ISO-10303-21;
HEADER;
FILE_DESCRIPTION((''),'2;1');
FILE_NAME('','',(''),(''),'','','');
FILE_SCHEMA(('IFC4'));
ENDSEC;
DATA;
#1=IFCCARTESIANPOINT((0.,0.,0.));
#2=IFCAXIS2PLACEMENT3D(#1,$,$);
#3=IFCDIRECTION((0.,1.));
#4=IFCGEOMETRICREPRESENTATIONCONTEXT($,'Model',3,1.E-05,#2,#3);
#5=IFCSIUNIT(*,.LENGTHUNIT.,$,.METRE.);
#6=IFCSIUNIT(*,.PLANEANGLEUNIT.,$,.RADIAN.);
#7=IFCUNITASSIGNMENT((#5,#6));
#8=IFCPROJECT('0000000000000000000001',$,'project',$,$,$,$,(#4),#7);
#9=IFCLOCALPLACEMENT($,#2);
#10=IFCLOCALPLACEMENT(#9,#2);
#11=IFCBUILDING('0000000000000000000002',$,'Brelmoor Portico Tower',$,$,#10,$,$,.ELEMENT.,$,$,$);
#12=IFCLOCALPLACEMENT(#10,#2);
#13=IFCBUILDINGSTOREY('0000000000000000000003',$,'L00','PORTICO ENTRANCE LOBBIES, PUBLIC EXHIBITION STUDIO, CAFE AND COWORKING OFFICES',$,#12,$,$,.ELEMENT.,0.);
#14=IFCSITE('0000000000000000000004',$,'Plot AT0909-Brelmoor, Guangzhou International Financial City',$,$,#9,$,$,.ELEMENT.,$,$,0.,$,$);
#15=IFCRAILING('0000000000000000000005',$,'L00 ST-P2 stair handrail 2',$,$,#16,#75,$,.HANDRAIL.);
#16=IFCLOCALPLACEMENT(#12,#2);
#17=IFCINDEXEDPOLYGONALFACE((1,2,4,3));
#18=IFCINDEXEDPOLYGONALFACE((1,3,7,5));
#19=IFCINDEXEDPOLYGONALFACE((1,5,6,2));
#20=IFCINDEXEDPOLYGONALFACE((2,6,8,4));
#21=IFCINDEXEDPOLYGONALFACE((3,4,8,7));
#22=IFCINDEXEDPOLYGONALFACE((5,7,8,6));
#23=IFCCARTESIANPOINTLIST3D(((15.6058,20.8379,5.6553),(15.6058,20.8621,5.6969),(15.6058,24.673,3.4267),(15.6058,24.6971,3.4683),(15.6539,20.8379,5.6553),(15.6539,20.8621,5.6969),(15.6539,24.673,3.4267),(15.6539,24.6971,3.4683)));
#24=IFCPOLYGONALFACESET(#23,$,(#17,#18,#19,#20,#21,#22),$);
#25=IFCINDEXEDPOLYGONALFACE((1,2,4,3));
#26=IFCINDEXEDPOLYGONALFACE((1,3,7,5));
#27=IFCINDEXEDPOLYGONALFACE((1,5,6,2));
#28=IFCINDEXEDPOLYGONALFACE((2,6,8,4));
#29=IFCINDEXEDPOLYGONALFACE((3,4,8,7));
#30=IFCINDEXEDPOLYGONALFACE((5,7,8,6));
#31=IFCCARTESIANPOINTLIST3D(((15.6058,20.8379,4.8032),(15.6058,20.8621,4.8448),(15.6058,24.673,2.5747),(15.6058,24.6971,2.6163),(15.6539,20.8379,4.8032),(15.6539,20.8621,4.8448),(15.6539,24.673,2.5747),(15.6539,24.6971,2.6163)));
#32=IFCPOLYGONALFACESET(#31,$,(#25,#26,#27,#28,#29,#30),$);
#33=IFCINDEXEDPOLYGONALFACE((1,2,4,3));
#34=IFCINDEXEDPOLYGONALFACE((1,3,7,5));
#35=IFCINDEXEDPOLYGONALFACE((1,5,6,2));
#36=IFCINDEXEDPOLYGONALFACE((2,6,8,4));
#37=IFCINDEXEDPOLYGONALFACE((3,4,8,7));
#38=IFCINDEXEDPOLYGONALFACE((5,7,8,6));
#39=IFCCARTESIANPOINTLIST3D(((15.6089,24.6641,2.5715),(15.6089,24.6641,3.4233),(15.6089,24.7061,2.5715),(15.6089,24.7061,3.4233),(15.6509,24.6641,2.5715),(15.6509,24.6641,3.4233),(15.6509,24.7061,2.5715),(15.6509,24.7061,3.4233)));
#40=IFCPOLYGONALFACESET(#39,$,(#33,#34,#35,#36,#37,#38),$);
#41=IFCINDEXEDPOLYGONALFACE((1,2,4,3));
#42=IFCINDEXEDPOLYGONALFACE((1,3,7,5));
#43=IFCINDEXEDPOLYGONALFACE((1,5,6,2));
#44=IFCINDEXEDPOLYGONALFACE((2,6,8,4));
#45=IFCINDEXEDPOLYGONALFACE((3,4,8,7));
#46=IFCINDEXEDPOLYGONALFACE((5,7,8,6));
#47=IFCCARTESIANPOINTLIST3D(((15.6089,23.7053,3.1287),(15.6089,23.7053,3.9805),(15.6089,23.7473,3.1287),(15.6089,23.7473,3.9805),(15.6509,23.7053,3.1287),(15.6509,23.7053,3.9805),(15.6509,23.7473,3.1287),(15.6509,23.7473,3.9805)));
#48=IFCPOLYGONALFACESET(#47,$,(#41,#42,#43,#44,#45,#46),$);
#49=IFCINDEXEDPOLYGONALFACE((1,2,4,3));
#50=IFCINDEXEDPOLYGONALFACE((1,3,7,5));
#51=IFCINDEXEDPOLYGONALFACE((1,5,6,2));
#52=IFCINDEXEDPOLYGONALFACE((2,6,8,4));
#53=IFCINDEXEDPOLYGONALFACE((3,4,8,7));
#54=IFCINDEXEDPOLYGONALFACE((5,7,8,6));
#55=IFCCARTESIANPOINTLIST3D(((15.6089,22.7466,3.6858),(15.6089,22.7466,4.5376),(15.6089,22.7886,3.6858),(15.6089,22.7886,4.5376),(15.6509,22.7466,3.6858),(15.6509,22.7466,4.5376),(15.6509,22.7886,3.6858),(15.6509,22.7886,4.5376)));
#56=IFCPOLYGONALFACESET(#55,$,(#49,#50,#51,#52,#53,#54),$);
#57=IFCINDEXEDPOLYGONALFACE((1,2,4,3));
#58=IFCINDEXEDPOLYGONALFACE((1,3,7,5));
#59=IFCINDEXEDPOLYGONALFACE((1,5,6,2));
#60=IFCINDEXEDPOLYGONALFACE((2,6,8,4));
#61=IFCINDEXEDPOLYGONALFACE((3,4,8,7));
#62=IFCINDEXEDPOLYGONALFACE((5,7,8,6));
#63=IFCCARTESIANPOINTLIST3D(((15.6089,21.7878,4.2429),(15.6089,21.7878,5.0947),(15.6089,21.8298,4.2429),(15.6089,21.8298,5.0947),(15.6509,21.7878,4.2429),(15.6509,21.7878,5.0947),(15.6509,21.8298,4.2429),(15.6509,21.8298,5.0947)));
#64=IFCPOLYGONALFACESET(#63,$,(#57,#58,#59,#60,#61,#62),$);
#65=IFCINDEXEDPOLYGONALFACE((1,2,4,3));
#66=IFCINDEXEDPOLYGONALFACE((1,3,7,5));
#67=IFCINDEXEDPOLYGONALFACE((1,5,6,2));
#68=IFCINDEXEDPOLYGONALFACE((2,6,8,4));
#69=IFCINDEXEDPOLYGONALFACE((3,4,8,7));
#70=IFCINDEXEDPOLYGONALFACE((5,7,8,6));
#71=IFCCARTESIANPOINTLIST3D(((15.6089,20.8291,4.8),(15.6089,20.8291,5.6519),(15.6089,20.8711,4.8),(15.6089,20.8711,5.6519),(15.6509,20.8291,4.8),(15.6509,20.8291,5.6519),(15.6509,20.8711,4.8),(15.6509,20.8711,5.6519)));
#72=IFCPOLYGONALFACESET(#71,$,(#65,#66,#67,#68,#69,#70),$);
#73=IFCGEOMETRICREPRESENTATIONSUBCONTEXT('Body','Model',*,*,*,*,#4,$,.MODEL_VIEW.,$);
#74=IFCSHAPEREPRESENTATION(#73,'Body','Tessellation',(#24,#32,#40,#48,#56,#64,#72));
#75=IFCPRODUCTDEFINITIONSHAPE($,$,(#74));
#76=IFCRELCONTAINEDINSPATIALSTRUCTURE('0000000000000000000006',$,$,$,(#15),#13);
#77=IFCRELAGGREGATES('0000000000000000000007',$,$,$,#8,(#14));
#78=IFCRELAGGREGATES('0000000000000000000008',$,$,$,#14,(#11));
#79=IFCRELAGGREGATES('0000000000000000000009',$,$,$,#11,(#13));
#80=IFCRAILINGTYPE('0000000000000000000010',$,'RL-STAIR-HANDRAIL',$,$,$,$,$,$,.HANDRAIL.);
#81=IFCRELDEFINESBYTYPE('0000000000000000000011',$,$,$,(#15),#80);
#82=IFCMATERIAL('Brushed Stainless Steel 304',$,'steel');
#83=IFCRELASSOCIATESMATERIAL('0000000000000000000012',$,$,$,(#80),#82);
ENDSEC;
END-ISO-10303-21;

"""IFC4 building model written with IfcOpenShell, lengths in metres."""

from ifc_helpers import new_model, si_unit, direction, frame, origin, origin_2d, place, context, subcontext, project, spatial, rectangle, extrude, material, type_object, element, save


model = new_model("IFC4")

# Units and contexts
model_context = context("Model", 3, precision=1e-05, world=origin(), true_north=direction((0.0, 1.0)))
body_context = subcontext(model_context, "Body", "Model", "MODEL_VIEW")
ifc_project = project(units=[si_unit("LENGTHUNIT", "METRE"), si_unit("PLANEANGLEUNIT", "RADIAN")], contexts=[model_context])

# Site, building, storey
site_placement = place(None, origin())
site = spatial("IfcSite", under=ifc_project, at=site_placement, Name="Plot AT0909-Brelmoor, Guangzhou International Financial City", CompositionType="ELEMENT", RefElevation=0.0)
building_placement = place(site_placement, origin())
building = spatial("IfcBuilding", under=site, at=building_placement, Name="Brelmoor Portico Tower", CompositionType="ELEMENT")
storey_placement = place(building_placement, origin())
storey = spatial("IfcBuildingStorey", under=building, at=storey_placement, Name="L00", Description="PORTICO ENTRANCE LOBBIES, PUBLIC EXHIBITION STUDIO, CAFE AND COWORKING OFFICES", CompositionType="ELEMENT", Elevation=0.0)

# Railing
ifc_material_1 = material(Name="Brushed Stainless Steel 304", Category="steel")
railing_type_1 = type_object("IfcRailingType", Name="RL-STAIR-HANDRAIL", PredefinedType="HANDRAIL", material=ifc_material_1)
railing_1_placement = place(storey_placement, frame((15.6299, 24.6851, 2.5715)))
element("IfcRailing", 1, at=railing_1_placement, inside=storey, type_object=railing_type_1, Name="L00 ST-P2 stair handrail 2", PredefinedType="HANDRAIL", context=body_context, shape_type="SweptSolid", body=[
    extrude(rectangle(XDim=0.0481, YDim=0.0481, at=origin_2d()), frame((0.0, 0.0, 0.876), z_axis=(0.0, -0.864616, 0.502433), x_axis=(1.0, 0.0, 0.0)), (0.0, 0.0, 1.0), 4.4355),
    extrude(rectangle(XDim=0.0481, YDim=0.0481, at=origin_2d()), frame((0.0, 0.0, 0.0239), z_axis=(0.0, -0.864616, 0.502433), x_axis=(1.0, 0.0, 0.0)), (0.0, 0.0, 1.0), 4.4355),
    extrude(rectangle(XDim=0.042, YDim=0.042, at=origin_2d()), origin(), (0.0, 0.0, 1.0), 0.8518),
    extrude(rectangle(XDim=0.042, YDim=0.042, at=origin_2d()), frame((0.0, -0.9587, 0.5571)), (0.0, 0.0, 1.0), 0.8518),
    extrude(rectangle(XDim=0.042, YDim=0.042, at=origin_2d()), frame((0.0, -1.9175, 1.1143)), (0.0, 0.0, 1.0), 0.8518),
    extrude(rectangle(XDim=0.042, YDim=0.042, at=origin_2d()), frame((0.0, -2.8762, 1.6714)), (0.0, 0.0, 1.0), 0.8518),
    extrude(rectangle(XDim=0.042, YDim=0.042, at=origin_2d()), frame((0.0, -3.835, 2.2285)), (0.0, 0.0, 1.0), 0.8518),
])

save(model, "model.ifc")
